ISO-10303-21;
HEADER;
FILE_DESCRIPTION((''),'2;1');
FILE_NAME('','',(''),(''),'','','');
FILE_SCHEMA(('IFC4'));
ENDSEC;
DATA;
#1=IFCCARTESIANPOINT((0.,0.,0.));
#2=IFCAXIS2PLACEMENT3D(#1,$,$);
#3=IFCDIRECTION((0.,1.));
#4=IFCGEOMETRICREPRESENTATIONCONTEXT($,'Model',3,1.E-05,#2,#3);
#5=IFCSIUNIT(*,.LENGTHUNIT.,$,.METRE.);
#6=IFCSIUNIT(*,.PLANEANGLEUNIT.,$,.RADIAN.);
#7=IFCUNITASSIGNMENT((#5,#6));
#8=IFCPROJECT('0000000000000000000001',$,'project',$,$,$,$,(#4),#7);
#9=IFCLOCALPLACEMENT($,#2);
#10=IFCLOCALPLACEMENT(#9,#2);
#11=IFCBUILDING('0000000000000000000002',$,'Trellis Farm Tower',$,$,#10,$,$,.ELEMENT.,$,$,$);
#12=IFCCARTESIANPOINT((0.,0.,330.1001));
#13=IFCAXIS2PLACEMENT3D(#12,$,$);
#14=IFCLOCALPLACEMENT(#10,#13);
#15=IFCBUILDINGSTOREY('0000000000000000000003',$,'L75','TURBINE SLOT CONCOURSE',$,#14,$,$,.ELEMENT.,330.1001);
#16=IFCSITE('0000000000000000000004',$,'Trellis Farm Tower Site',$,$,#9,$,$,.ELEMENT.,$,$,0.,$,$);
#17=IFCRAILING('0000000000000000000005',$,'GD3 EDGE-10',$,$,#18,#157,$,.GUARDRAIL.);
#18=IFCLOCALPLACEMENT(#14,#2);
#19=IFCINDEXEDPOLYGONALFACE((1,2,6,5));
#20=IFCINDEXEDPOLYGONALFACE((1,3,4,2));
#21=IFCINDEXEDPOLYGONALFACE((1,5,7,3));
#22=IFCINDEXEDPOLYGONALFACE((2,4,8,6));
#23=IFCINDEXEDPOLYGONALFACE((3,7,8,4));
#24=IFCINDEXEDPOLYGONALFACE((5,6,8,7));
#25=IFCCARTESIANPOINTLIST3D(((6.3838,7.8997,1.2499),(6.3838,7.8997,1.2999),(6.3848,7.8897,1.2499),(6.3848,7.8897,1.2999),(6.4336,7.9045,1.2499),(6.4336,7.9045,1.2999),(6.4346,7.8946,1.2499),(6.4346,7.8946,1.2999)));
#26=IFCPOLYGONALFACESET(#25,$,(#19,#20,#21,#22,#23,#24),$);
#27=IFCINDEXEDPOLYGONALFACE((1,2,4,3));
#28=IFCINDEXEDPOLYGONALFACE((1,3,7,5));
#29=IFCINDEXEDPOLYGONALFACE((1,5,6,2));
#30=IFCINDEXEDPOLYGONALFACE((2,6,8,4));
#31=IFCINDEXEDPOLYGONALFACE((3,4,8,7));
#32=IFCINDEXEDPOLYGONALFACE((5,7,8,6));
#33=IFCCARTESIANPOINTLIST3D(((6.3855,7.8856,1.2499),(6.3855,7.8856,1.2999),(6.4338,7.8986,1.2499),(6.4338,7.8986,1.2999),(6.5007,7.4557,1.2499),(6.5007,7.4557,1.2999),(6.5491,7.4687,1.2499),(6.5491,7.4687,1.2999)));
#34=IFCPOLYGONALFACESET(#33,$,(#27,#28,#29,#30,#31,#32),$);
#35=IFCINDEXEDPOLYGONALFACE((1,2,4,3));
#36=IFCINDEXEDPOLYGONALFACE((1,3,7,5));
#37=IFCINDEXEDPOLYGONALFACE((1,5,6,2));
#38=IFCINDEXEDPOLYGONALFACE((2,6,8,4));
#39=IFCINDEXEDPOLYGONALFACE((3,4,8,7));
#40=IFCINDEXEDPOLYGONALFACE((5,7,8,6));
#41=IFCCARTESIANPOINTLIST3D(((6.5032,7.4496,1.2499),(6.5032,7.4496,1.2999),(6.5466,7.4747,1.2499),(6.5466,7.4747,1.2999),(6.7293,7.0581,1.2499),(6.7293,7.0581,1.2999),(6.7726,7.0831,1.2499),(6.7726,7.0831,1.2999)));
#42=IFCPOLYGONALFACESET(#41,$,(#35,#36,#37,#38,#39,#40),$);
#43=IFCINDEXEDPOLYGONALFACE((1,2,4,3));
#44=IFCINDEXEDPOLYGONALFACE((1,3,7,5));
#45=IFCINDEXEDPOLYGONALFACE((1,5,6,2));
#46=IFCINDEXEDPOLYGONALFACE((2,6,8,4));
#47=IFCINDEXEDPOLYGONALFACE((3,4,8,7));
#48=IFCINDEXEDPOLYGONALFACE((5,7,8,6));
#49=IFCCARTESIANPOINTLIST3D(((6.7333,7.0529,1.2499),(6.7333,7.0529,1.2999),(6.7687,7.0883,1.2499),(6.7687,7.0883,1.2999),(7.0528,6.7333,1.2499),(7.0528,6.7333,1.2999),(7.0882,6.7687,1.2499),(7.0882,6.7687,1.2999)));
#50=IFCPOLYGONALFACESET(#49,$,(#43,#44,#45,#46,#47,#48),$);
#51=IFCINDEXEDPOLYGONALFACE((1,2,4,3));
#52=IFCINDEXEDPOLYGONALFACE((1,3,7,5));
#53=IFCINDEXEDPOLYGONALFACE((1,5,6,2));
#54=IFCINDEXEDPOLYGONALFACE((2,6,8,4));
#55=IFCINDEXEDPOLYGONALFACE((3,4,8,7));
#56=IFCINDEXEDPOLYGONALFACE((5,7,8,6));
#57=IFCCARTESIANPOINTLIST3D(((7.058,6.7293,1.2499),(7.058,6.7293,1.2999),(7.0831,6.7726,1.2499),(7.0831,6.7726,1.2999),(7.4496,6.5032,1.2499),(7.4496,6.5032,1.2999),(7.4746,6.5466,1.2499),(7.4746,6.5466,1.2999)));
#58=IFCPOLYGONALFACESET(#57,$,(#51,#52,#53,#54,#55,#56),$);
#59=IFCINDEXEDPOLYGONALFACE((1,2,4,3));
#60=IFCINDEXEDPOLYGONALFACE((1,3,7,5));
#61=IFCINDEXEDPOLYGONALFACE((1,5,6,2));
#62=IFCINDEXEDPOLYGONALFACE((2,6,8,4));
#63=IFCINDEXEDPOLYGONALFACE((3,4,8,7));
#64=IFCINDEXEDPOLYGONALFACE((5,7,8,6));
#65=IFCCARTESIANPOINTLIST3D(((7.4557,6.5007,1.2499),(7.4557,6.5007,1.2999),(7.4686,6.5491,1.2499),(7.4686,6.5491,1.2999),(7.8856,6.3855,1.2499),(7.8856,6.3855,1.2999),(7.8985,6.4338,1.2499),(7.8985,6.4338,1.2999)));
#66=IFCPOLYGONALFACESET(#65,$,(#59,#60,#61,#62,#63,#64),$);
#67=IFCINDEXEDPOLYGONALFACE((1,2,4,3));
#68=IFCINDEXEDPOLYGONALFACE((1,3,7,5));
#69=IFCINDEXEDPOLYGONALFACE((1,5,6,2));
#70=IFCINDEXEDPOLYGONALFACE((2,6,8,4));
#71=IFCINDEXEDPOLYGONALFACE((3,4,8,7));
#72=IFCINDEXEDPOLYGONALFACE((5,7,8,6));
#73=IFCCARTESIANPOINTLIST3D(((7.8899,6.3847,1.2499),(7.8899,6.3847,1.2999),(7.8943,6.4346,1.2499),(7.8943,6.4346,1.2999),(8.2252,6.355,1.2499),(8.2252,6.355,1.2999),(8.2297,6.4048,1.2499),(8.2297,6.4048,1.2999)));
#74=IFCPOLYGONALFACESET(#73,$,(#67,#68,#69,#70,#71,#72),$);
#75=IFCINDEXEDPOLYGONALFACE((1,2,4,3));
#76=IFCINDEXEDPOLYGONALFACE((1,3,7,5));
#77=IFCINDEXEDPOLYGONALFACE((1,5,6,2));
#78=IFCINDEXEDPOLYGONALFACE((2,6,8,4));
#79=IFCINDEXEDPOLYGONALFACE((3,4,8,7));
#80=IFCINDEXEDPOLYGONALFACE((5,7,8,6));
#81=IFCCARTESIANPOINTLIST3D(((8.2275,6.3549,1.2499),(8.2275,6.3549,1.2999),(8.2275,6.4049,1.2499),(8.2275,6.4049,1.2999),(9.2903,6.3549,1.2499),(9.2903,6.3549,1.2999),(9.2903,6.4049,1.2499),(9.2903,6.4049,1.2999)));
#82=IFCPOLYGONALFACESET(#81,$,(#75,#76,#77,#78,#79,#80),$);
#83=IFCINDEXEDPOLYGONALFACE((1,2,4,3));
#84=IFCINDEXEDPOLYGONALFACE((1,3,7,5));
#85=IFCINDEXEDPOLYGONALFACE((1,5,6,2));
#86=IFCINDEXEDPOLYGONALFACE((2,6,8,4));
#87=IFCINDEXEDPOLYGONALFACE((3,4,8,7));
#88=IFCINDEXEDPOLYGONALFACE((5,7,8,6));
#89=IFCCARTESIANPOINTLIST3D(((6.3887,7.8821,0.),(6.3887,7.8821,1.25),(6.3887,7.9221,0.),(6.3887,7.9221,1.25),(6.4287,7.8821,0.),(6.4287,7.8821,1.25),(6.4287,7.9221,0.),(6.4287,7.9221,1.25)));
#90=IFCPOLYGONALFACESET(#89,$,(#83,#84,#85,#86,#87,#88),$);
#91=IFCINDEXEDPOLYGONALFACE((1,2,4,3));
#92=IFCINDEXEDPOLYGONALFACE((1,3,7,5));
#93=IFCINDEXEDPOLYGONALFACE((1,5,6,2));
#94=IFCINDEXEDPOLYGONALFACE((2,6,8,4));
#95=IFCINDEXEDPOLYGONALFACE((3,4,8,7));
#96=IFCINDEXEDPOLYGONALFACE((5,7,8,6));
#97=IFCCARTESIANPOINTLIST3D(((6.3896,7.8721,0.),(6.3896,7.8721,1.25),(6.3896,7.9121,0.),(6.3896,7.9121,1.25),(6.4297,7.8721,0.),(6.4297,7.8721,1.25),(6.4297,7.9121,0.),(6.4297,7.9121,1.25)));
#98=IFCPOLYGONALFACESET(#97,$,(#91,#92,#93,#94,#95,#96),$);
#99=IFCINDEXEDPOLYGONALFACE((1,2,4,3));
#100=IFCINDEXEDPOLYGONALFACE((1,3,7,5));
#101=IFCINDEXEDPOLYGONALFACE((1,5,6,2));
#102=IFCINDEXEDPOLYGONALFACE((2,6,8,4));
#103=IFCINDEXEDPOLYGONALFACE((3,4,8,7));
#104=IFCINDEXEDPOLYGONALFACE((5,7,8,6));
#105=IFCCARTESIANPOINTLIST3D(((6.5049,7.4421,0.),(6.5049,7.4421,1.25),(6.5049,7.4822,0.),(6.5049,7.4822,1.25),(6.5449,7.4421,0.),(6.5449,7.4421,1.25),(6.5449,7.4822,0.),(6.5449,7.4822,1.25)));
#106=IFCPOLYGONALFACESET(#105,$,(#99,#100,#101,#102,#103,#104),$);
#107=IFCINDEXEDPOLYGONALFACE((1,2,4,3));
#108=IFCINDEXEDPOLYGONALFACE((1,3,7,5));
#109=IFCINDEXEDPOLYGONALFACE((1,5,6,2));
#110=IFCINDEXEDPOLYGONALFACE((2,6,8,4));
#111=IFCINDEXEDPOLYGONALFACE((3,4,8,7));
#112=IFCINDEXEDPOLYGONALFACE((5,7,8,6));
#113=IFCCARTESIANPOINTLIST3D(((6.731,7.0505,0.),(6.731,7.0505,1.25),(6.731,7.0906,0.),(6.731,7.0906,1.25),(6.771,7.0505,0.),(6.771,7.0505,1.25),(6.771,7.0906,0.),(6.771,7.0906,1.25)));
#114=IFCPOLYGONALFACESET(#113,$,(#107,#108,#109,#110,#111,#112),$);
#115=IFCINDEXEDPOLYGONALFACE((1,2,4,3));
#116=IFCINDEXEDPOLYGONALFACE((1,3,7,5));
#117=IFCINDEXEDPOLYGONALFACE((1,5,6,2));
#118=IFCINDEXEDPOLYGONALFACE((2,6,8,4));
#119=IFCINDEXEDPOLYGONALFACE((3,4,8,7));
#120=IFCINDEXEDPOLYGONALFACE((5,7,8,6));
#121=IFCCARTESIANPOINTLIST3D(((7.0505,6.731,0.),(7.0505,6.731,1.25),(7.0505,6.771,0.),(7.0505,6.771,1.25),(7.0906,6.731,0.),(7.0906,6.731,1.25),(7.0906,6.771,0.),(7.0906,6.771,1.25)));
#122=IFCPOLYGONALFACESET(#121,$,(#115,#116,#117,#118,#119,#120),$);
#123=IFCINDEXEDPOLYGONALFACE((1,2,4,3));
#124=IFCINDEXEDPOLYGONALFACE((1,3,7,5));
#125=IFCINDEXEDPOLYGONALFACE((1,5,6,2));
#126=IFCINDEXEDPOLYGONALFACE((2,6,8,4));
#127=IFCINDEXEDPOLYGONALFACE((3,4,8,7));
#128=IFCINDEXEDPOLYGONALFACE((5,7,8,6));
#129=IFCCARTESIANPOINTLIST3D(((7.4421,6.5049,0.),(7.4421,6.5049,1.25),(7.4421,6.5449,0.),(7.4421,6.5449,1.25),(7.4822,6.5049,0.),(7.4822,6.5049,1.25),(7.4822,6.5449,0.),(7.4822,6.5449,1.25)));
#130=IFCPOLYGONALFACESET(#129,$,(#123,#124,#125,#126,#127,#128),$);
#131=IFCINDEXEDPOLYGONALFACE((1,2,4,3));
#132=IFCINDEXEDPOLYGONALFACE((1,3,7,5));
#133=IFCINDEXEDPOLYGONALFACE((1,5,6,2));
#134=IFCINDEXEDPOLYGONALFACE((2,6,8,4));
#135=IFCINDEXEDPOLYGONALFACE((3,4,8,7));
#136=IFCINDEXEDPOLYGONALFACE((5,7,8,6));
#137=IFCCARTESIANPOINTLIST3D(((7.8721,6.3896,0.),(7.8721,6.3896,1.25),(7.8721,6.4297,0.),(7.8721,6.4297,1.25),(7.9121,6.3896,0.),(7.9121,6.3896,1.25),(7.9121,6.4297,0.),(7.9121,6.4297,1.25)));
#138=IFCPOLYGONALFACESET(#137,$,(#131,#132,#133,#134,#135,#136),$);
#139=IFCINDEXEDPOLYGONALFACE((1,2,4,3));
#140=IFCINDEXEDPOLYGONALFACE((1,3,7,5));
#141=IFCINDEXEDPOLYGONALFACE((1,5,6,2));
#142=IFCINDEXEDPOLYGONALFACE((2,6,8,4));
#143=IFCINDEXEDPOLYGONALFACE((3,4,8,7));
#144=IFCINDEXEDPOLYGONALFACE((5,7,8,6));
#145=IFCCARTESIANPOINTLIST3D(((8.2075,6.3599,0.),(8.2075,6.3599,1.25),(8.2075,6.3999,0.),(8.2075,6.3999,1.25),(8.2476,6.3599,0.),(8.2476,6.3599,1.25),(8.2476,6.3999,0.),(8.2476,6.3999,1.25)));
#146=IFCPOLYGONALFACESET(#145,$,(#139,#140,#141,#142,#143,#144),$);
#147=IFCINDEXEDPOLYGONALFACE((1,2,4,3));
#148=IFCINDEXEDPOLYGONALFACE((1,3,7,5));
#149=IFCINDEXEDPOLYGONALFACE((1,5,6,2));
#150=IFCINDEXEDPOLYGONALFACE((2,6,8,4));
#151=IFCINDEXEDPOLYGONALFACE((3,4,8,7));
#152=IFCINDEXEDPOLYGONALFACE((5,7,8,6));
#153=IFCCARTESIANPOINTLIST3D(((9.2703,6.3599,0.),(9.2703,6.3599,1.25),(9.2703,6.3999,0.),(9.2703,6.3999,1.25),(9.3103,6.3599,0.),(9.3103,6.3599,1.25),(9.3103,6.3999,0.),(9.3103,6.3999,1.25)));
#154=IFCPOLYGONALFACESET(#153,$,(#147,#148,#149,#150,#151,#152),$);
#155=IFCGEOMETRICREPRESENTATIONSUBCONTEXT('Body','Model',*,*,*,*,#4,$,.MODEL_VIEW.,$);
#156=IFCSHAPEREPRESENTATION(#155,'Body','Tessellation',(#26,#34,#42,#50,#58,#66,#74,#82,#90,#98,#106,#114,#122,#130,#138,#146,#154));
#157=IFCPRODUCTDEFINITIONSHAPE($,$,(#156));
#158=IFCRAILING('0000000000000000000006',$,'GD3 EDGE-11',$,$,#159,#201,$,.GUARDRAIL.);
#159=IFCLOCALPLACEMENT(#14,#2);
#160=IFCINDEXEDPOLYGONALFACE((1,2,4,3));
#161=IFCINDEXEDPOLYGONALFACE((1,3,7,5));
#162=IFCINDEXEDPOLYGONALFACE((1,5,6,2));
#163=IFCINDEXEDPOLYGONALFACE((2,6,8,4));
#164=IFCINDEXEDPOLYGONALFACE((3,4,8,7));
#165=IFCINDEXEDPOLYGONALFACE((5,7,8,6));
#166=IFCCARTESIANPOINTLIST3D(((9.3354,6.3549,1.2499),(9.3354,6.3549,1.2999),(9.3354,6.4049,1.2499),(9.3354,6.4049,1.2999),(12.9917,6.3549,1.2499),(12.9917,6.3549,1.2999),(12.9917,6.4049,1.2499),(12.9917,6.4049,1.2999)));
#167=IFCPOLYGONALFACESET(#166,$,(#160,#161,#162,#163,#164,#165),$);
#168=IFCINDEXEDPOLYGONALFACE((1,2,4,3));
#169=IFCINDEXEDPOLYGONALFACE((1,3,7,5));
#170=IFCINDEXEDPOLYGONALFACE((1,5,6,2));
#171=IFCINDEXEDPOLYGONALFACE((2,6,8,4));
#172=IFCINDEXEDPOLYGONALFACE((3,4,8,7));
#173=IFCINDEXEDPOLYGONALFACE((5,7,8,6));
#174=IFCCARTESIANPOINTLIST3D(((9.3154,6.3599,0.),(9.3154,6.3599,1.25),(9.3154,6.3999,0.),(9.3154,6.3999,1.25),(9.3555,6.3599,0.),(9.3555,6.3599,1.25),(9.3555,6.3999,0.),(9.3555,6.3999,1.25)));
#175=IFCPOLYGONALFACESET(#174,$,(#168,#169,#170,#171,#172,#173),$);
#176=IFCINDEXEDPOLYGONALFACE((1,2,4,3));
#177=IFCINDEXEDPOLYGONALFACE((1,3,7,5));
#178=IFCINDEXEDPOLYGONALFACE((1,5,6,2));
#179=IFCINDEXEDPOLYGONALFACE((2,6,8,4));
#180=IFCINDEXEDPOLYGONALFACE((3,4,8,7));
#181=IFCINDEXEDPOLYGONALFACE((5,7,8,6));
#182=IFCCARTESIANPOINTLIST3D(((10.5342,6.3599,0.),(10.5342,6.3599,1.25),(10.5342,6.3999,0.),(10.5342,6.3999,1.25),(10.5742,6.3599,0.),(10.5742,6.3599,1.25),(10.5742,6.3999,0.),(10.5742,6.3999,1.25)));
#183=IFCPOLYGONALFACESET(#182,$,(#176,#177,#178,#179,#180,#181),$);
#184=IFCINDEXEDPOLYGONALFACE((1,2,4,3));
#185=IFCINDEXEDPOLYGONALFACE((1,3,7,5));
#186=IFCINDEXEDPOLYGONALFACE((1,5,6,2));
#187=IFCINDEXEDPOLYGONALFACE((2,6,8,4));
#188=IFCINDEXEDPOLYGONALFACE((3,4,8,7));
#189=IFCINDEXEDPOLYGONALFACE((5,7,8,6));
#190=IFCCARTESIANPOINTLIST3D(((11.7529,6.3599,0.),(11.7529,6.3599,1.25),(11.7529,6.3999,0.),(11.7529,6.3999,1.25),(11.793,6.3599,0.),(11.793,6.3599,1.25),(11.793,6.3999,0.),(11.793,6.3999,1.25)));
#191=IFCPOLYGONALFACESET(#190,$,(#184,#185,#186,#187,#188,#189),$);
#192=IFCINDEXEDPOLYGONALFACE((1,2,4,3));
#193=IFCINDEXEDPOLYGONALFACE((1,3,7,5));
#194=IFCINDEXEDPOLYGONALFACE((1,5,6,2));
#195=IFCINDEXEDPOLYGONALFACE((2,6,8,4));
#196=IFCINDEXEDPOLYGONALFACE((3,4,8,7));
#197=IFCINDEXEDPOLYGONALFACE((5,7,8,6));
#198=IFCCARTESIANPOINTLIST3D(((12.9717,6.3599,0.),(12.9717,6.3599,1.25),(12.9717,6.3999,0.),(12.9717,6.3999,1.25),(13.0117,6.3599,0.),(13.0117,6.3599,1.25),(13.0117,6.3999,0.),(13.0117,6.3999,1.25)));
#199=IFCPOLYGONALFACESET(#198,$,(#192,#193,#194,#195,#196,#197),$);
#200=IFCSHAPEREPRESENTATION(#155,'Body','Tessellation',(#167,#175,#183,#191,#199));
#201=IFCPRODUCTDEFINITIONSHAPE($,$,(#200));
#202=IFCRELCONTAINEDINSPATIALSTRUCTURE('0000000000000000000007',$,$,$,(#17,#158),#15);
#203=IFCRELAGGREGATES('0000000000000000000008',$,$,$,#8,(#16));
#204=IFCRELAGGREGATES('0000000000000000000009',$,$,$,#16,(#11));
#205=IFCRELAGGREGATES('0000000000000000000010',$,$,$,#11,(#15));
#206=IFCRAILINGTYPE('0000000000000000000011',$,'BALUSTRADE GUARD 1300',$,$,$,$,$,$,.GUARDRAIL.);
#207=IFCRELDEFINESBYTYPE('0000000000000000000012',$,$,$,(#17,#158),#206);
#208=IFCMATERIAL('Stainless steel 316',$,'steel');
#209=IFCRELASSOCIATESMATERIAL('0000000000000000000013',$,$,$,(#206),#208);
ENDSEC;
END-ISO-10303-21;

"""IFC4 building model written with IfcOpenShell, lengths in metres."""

from ifc_helpers import new_model, si_unit, direction, frame, origin, origin_2d, place, context, subcontext, project, spatial, rectangle, extrude, source, transform, mapped, material, type_object, element, save


model = new_model("IFC4")

# Units and contexts
model_context = context("Model", 3, precision=1e-05, world=origin(), true_north=direction((0.0, 1.0)))
body_context = subcontext(model_context, "Body", "Model", "MODEL_VIEW")
ifc_project = project(units=[si_unit("LENGTHUNIT", "METRE"), si_unit("PLANEANGLEUNIT", "RADIAN")], contexts=[model_context])

# Site, building, storey
site_placement = place(None, origin())
site = spatial("IfcSite", under=ifc_project, at=site_placement, Name="Trellis Farm Tower Site", CompositionType="ELEMENT", RefElevation=0.0)
building_placement = place(site_placement, origin())
building = spatial("IfcBuilding", under=site, at=building_placement, Name="Trellis Farm Tower", CompositionType="ELEMENT")
storey_placement = place(building_placement, frame((0.0, 0.0, 330.1001)))
storey = spatial("IfcBuildingStorey", under=building, at=storey_placement, Name="L75", Description="TURBINE SLOT CONCOURSE", CompositionType="ELEMENT", Elevation=330.1001)

# Railings
ifc_material_1 = material(Name="Stainless steel 316", Category="steel")
railing_type = type_object("IfcRailingType", Name="BALUSTRADE GUARD 1300", PredefinedType="GUARDRAIL", material=ifc_material_1)
railing_1_placement = place(storey_placement, frame((6.4087, 7.9021, 0.0)))
element("IfcRailing", 1, at=railing_1_placement, inside=storey, type_object=railing_type, Name="GD3 EDGE-10", PredefinedType="GUARDRAIL", context=body_context, shape_type="SweptSolid", body=[
    extrude(rectangle(XDim=0.05, YDim=0.05, at=origin_2d()), frame((0.0, 0.0, 1.2749), z_axis=(0.0971, -0.995275, 0.0), x_axis=(0.995275, 0.0971, 0.0)), (0.0, 0.0, 1.0), 0.01),
    extrude(rectangle(XDim=0.05, YDim=0.05, at=origin_2d()), frame((0.001, -0.01, 1.2749), z_axis=(0.258891, -0.965906, 0.0), x_axis=(0.965906, 0.258891, 0.0)), (0.0, 0.0, 1.0), 0.4451),
    extrude(rectangle(XDim=0.05, YDim=0.05, at=origin_2d()), frame((0.1162, -0.4399, 1.2749), z_axis=(0.499972, -0.866042, 0.0), x_axis=(0.866042, 0.499972, 0.0)), (0.0, 0.0, 1.0), 0.4521),
    extrude(rectangle(XDim=0.05, YDim=0.05, at=origin_2d()), frame((0.3423, -0.8315, 1.2749), z_axis=(0.707107, -0.707107, 0.0), x_axis=(0.707107, 0.707107, 0.0)), (0.0, 0.0, 1.0), 0.4519),
    extrude(rectangle(XDim=0.05, YDim=0.05, at=origin_2d()), frame((0.6619, -1.1511, 1.2749), z_axis=(0.866042, -0.499972, 0.0), x_axis=(0.499972, 0.866042, 0.0)), (0.0, 0.0, 1.0), 0.4521),
    extrude(rectangle(XDim=0.05, YDim=0.05, at=origin_2d()), frame((1.0535, -1.3772, 1.2749), z_axis=(0.965906, -0.258891, 0.0), x_axis=(0.258891, 0.965906, 0.0)), (0.0, 0.0, 1.0), 0.4451),
    extrude(rectangle(XDim=0.05, YDim=0.05, at=origin_2d()), frame((1.4834, -1.4924, 1.2749), z_axis=(0.996081, -0.088444, 0.0), x_axis=(0.088444, 0.996081, 0.0)), (0.0, 0.0, 1.0), 0.3367),
    extrude(rectangle(XDim=0.05, YDim=0.05, at=origin_2d()), frame((1.8188, -1.5222, 1.2749), z_axis=(1.0, 0.0, 0.0), x_axis=(0.0, 1.0, 0.0)), (0.0, 0.0, 1.0), 1.0627),
    extrude(rectangle(XDim=0.04, YDim=0.04, at=origin_2d()), origin(), (0.0, 0.0, 1.0), 1.25),
    extrude(rectangle(XDim=0.04, YDim=0.04, at=origin_2d()), frame((0.001, -0.01, 0.0)), (0.0, 0.0, 1.0), 1.25),
    extrude(rectangle(XDim=0.04, YDim=0.04, at=origin_2d()), frame((0.1162, -0.4399, 0.0)), (0.0, 0.0, 1.0), 1.25),
    extrude(rectangle(XDim=0.04, YDim=0.04, at=origin_2d()), frame((0.3423, -0.8315, 0.0)), (0.0, 0.0, 1.0), 1.25),
    extrude(rectangle(XDim=0.04, YDim=0.04, at=origin_2d()), frame((0.6619, -1.1511, 0.0)), (0.0, 0.0, 1.0), 1.25),
    extrude(rectangle(XDim=0.04, YDim=0.04, at=origin_2d()), frame((1.0535, -1.3772, 0.0)), (0.0, 0.0, 1.0), 1.25),
    extrude(rectangle(XDim=0.04, YDim=0.04, at=origin_2d()), frame((1.4834, -1.4924, 0.0)), (0.0, 0.0, 1.0), 1.25),
    extrude(rectangle(XDim=0.04, YDim=0.04, at=origin_2d()), frame((1.8188, -1.5222, 0.0)), (0.0, 0.0, 1.0), 1.25),
    extrude(rectangle(XDim=0.04, YDim=0.04, at=origin_2d()), frame((2.8816, -1.5222, 0.0)), (0.0, 0.0, 1.0), 1.25),
])
shared_shape_1 = source(origin(), body_context, "Body", "SweptSolid", [
    extrude(rectangle(XDim=0.05, YDim=0.05, at=origin_2d()), frame((0.0, 0.0, 1.2749), z_axis=(1.0, 0.0, 0.0), x_axis=(0.0, 1.0, 0.0)), (0.0, 0.0, 1.0), 3.6562),
    extrude(rectangle(XDim=0.04, YDim=0.04, at=origin_2d()), origin(), (0.0, 0.0, 1.0), 1.25),
    extrude(rectangle(XDim=0.04, YDim=0.04, at=origin_2d()), frame((1.2188, 0.0, 0.0)), (0.0, 0.0, 1.0), 1.25),
    extrude(rectangle(XDim=0.04, YDim=0.04, at=origin_2d()), frame((2.4375, 0.0, 0.0)), (0.0, 0.0, 1.0), 1.25),
    extrude(rectangle(XDim=0.04, YDim=0.04, at=origin_2d()), frame((3.6562, 0.0, 0.0)), (0.0, 0.0, 1.0), 1.25),
])
railing_2_placement = place(storey_placement, frame((9.3354, 6.3799, 0.0)))
element("IfcRailing", 2, at=railing_2_placement, inside=storey, type_object=railing_type, Name="GD3 EDGE-11", PredefinedType="GUARDRAIL", context=body_context, shape_type="MappedRepresentation", body=[
    mapped(shared_shape_1, transform((0.0, 0.0, 0.0))),
])

save(model, "model.ifc")
